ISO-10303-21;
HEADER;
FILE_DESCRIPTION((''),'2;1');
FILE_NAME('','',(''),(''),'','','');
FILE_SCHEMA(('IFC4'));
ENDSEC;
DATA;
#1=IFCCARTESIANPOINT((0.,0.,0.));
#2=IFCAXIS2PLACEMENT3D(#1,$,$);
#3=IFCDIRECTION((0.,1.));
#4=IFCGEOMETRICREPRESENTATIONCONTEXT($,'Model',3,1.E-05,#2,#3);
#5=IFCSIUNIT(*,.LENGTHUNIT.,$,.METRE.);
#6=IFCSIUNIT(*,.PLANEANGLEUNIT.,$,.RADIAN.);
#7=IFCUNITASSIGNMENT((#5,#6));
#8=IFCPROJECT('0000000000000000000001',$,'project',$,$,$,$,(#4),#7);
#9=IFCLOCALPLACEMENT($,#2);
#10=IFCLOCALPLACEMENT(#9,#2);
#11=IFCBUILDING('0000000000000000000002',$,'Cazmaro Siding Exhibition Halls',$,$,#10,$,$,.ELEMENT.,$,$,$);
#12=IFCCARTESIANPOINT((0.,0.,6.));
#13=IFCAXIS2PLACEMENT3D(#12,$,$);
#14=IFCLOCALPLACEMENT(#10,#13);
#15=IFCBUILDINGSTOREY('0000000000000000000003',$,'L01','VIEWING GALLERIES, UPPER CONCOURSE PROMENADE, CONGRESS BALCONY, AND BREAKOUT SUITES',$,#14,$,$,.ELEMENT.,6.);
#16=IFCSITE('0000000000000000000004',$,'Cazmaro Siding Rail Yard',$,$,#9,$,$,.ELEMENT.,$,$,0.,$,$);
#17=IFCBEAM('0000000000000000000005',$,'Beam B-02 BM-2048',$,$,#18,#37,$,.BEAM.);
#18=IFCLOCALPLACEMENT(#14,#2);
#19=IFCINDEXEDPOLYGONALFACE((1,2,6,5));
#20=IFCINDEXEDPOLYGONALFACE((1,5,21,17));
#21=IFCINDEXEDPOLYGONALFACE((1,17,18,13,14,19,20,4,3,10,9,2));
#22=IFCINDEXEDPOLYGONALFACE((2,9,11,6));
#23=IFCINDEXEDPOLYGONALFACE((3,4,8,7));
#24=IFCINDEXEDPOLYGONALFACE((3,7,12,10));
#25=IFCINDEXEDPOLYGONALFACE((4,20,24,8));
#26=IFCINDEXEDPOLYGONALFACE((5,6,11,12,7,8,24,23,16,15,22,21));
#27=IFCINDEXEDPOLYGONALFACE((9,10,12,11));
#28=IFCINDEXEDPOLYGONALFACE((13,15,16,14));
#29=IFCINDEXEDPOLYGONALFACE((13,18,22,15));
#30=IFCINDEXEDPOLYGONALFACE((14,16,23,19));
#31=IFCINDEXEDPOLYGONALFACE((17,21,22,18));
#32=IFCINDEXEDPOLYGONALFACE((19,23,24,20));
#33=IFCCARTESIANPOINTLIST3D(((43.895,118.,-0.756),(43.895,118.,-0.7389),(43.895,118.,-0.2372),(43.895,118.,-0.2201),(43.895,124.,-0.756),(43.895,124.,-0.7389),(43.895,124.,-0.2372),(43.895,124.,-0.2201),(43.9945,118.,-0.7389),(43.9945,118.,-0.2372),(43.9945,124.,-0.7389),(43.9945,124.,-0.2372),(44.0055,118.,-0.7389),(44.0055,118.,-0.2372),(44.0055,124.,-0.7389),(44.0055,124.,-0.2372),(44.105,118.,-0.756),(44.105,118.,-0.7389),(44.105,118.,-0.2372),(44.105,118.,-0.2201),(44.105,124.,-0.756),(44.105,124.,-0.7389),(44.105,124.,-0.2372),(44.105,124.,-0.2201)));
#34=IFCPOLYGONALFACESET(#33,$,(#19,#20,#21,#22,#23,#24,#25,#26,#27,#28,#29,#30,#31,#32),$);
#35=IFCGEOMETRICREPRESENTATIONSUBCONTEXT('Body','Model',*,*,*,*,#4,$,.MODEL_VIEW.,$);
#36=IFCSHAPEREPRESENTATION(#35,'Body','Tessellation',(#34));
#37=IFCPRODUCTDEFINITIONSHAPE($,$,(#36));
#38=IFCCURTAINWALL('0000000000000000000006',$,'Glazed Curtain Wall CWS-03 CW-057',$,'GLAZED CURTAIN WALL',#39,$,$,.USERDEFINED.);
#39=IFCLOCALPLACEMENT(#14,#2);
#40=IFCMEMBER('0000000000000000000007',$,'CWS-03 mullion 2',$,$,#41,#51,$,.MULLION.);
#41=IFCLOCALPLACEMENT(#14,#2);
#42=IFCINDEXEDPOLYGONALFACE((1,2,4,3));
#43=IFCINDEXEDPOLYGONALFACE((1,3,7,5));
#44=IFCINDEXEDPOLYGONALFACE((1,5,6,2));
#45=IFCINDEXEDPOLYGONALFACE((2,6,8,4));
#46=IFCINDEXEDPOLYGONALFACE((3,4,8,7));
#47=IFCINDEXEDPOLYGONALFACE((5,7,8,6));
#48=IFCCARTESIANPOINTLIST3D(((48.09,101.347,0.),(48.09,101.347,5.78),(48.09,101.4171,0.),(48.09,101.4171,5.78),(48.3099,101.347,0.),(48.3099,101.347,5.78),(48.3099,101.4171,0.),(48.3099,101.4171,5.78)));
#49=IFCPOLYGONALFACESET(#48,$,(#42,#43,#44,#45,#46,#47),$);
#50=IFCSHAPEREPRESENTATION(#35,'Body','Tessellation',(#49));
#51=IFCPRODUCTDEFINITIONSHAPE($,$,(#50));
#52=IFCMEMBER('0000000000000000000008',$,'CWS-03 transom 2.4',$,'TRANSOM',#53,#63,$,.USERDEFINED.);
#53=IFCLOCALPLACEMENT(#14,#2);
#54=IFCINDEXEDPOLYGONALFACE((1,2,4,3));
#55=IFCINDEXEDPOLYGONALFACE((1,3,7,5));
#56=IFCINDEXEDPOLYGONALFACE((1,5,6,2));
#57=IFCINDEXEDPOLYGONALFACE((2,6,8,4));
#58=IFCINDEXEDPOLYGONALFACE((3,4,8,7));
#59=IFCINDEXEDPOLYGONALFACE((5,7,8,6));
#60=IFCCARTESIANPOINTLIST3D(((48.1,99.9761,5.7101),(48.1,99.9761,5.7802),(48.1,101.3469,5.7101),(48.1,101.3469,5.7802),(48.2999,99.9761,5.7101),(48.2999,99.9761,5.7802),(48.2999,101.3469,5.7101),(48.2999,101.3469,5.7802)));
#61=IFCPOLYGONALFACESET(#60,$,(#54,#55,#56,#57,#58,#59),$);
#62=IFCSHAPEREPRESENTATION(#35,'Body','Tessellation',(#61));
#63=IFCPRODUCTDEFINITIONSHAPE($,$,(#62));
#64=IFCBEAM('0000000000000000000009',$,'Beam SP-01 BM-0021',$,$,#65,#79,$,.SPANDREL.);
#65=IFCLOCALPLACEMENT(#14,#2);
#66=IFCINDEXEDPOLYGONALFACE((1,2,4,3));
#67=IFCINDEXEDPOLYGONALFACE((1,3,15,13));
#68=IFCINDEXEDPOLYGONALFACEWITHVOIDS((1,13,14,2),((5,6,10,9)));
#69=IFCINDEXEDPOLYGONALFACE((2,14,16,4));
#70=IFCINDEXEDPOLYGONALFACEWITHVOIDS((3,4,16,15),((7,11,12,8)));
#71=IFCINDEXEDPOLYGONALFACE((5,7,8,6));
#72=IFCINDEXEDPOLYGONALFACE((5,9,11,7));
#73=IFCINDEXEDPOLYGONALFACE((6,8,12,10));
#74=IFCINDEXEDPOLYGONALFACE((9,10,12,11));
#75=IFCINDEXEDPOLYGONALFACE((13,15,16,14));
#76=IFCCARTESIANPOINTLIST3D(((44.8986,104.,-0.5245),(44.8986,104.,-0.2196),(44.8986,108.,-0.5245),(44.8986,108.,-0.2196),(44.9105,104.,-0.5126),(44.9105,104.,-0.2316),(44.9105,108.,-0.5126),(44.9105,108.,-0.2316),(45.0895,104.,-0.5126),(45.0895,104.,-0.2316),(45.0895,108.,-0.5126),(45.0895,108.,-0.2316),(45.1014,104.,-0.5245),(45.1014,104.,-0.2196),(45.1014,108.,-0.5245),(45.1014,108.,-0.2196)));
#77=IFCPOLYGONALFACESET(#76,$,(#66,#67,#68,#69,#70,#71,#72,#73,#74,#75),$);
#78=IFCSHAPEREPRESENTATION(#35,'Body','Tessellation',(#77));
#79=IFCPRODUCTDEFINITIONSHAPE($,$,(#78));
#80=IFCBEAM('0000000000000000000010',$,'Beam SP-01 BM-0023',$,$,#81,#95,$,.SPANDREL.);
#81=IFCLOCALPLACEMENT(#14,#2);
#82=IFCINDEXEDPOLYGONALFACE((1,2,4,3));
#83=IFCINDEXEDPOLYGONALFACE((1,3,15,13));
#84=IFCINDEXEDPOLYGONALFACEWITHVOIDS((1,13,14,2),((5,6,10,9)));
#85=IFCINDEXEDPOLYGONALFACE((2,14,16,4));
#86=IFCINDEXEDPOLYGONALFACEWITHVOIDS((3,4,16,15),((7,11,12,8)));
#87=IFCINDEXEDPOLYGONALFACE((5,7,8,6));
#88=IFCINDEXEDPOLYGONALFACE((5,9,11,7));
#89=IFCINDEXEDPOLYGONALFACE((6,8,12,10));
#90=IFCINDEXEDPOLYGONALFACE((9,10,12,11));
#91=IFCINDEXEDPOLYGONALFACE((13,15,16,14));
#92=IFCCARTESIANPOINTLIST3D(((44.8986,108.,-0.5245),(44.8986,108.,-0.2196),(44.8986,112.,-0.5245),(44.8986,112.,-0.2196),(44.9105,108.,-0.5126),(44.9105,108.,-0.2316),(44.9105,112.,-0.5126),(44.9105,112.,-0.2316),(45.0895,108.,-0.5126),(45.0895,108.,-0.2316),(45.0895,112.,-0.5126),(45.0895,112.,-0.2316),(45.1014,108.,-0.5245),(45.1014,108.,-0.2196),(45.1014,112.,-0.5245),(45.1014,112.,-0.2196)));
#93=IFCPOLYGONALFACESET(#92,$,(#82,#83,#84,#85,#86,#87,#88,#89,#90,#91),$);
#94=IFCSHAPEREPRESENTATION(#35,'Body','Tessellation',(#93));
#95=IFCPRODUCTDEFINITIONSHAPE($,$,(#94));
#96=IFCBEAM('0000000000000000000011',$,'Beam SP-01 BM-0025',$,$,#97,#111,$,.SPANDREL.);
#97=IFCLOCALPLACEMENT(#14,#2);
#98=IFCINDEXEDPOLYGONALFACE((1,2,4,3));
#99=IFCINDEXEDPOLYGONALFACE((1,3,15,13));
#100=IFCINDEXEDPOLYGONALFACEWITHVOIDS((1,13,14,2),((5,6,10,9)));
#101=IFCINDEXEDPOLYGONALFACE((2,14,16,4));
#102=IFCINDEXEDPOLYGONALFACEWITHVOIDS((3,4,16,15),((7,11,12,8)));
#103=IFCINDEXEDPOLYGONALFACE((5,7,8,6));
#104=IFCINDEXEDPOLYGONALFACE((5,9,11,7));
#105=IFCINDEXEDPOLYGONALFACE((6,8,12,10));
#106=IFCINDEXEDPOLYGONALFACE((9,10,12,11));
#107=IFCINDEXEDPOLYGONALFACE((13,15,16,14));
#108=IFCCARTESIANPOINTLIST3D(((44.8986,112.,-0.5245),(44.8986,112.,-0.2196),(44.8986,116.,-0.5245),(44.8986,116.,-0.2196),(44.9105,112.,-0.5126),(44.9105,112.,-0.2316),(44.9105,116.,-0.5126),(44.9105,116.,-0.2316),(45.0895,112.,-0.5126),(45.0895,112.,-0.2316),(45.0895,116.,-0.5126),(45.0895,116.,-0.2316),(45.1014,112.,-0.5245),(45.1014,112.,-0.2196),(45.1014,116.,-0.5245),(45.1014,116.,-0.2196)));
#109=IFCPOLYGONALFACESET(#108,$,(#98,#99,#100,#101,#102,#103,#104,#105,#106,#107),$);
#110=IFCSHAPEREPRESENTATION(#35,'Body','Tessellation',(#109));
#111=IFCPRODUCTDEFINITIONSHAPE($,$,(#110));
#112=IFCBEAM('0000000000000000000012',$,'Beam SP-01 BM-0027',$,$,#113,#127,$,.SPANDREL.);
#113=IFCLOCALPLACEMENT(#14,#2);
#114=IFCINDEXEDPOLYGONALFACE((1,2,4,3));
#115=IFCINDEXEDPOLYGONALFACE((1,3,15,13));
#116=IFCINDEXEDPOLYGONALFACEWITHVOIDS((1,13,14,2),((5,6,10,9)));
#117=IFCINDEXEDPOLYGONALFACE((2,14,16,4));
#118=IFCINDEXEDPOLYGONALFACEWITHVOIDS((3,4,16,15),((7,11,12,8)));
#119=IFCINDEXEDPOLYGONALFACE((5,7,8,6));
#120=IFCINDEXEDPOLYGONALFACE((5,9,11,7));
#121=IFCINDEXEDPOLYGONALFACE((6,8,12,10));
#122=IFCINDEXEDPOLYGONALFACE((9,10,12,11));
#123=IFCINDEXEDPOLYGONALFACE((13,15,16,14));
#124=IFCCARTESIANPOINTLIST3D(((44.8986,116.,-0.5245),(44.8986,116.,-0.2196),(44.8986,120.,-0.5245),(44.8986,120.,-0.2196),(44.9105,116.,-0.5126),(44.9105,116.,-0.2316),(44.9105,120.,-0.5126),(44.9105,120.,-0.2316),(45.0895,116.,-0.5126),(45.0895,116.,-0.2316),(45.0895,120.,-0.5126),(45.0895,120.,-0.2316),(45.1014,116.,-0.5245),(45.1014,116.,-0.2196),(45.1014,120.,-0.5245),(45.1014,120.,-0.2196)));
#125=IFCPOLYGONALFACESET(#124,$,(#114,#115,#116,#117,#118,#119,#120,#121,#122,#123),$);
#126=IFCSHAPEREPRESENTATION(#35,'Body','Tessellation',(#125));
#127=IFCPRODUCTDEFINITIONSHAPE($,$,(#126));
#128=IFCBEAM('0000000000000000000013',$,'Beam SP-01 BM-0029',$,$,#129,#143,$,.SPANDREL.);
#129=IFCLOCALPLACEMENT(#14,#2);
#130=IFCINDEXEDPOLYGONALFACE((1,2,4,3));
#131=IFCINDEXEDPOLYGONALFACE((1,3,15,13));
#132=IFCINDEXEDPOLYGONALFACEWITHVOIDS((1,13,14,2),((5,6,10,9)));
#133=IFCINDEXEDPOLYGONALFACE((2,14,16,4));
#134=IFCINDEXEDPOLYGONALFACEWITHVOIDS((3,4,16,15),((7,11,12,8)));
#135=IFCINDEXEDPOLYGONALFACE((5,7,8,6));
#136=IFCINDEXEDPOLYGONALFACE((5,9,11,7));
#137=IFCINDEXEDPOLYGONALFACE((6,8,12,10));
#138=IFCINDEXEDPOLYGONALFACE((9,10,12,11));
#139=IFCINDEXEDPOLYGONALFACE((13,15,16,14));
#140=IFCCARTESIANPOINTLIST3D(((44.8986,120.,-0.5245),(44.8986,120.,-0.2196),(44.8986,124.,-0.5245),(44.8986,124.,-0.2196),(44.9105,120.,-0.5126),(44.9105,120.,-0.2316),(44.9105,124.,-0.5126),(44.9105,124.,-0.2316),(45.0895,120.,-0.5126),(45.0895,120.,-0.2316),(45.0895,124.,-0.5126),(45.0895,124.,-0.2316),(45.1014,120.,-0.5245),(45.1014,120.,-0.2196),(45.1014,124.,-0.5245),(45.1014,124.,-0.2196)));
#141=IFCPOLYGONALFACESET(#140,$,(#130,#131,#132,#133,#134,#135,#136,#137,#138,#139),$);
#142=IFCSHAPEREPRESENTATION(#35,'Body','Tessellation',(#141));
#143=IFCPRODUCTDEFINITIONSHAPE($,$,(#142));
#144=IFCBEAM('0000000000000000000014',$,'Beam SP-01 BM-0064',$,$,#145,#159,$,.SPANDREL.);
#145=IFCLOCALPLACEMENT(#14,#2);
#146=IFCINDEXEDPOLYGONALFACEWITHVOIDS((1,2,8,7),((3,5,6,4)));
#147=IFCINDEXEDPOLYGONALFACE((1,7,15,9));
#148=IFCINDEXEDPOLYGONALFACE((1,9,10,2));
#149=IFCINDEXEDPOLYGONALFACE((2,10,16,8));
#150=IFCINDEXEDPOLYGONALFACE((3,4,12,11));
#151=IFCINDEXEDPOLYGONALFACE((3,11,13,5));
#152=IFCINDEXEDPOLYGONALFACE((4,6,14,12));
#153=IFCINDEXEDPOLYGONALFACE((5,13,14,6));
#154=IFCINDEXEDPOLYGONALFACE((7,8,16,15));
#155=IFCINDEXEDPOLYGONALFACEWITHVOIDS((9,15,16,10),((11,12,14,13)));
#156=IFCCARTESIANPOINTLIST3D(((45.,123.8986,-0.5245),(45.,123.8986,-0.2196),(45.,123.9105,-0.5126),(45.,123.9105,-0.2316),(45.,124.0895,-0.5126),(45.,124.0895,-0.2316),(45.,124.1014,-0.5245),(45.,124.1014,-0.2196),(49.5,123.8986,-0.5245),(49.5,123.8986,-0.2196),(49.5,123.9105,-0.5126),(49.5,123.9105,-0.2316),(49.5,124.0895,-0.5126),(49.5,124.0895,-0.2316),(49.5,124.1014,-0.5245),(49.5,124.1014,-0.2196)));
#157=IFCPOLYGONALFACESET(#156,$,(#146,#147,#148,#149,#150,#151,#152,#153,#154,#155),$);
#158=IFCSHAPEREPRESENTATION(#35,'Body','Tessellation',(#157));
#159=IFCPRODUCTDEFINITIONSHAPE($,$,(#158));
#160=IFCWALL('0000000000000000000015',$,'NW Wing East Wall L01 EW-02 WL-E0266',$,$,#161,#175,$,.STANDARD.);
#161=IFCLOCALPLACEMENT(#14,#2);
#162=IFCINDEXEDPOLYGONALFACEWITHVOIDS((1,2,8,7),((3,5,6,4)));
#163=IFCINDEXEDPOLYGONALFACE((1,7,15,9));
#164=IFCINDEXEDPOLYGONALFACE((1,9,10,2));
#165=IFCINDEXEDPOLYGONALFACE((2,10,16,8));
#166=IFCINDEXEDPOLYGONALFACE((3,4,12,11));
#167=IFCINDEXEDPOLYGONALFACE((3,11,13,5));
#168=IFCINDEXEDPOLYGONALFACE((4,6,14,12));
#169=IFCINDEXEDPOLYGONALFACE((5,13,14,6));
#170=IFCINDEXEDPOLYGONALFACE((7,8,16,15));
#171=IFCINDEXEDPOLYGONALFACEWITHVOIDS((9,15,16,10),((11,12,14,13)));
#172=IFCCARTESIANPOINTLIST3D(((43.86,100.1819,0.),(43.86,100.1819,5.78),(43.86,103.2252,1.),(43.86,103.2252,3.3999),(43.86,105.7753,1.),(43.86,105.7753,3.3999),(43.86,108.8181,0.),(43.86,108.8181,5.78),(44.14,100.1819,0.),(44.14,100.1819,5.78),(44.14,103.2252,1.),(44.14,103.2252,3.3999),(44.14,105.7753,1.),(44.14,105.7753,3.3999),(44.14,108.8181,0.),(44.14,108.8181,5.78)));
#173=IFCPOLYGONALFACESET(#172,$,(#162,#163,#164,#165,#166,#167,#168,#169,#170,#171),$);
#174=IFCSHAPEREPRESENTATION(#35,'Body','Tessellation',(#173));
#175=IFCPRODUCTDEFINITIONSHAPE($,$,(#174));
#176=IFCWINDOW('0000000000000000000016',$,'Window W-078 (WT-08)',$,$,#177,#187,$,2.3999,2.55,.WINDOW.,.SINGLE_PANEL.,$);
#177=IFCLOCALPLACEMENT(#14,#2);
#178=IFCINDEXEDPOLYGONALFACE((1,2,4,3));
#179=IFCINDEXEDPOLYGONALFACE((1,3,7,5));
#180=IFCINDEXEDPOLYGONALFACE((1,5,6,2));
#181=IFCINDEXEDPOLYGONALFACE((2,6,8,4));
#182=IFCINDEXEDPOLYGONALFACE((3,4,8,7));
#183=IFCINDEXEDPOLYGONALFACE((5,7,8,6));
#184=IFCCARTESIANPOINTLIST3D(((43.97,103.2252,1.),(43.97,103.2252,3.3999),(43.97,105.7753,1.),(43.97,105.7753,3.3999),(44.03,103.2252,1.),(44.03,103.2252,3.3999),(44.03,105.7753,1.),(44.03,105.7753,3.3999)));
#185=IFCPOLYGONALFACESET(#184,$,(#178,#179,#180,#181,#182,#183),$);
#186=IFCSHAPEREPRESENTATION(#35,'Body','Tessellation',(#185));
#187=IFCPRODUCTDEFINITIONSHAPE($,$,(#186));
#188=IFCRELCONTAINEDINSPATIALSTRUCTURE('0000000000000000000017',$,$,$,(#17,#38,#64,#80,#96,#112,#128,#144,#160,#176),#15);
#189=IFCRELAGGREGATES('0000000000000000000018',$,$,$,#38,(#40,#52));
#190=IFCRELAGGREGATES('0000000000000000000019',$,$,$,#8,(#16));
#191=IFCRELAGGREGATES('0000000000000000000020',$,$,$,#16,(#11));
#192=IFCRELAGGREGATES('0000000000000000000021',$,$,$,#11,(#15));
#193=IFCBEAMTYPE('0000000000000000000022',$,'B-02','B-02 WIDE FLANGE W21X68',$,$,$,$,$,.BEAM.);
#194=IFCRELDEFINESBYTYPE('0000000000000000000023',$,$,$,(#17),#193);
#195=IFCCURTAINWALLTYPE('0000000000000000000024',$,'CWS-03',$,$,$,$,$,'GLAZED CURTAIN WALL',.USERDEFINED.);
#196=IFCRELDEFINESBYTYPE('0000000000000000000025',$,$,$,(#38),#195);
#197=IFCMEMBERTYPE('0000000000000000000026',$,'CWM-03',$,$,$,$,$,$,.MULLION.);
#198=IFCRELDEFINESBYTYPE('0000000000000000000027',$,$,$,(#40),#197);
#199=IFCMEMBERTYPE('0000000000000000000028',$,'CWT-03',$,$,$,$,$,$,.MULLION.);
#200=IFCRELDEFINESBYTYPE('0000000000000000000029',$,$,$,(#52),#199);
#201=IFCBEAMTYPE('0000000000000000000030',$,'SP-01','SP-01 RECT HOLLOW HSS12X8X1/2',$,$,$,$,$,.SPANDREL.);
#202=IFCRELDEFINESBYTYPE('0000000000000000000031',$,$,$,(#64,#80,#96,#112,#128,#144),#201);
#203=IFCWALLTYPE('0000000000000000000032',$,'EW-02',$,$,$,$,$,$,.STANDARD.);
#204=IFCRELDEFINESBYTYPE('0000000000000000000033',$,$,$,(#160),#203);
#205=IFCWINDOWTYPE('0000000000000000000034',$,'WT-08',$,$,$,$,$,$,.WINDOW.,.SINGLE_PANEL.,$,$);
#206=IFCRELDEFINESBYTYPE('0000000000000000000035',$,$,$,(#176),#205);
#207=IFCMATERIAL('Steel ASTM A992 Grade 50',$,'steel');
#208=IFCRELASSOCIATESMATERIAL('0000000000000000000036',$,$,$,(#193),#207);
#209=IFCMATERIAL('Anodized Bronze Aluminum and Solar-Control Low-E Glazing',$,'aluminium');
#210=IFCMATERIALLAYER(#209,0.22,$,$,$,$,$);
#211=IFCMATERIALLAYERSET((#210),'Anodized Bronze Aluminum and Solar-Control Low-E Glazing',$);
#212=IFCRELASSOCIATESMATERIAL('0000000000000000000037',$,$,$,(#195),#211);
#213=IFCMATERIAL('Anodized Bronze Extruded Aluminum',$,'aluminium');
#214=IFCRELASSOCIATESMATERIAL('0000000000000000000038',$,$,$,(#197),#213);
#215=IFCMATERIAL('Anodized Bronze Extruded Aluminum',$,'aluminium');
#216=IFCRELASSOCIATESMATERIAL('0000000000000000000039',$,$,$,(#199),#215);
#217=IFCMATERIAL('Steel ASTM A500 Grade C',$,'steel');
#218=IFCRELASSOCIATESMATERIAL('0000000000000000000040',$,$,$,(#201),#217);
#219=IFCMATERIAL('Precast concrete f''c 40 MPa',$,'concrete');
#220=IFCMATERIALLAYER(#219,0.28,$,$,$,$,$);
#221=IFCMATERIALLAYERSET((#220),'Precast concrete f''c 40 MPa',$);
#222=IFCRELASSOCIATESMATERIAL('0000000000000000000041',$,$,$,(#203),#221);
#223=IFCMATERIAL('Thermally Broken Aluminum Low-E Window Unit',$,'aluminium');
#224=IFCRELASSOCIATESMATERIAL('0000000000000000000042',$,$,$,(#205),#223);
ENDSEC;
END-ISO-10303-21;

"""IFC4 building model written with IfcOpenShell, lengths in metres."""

from ifc_helpers import new_model, si_unit, direction, frame, frame_2d, origin, origin_2d, place, context, subcontext, project, spatial, rectangle, hollow_rectangle, i_section, extrude, material, layer, layer_set, material_profile, profile_set, type_object, element, fill, aggregate, save


model = new_model("IFC4")

# Units and contexts
model_context = context("Model", 3, precision=1e-05, world=origin(), true_north=direction((0.0, 1.0)))
body_context = subcontext(model_context, "Body", "Model", "MODEL_VIEW")
ifc_project = project(units=[si_unit("LENGTHUNIT", "METRE"), si_unit("PLANEANGLEUNIT", "RADIAN")], contexts=[model_context])

# Site, building, storey
site_placement = place(None, origin())
site = spatial("IfcSite", under=ifc_project, at=site_placement, Name="Cazmaro Siding Rail Yard", CompositionType="ELEMENT", RefElevation=0.0)
building_placement = place(site_placement, origin())
building = spatial("IfcBuilding", under=site, at=building_placement, Name="Cazmaro Siding Exhibition Halls", CompositionType="ELEMENT")
storey_placement = place(building_placement, frame((0.0, 0.0, 6.0)))
storey = spatial("IfcBuildingStorey", under=building, at=storey_placement, Name="L01", Description="VIEWING GALLERIES, UPPER CONCOURSE PROMENADE, CONGRESS BALCONY, AND BREAKOUT SUITES", CompositionType="ELEMENT", Elevation=6.0)

# Beam
ifc_material_1 = material(Name="Steel ASTM A992 Grade 50", Category="steel")
ifc_material_profile_1 = material_profile(ifc_material_1, i_section(OverallWidth=0.21, OverallDepth=0.5359, WebThickness=0.011, FlangeThickness=0.0171, at=origin_2d()), Name="W21X68")
ifc_profile_set_1 = profile_set([ifc_material_profile_1], Name="Steel ASTM A992 Grade 50")
beam_type_1 = type_object("IfcBeamType", Name="B-02", Description="B-02 WIDE FLANGE W21X68", PredefinedType="BEAM", material=ifc_profile_set_1)
beam_1_placement = place(storey_placement, frame((44.0, 118.0, -0.488), z_axis=(0.0, 1.0, 0.0), x_axis=(-1.0, 0.0, 0.0)))
element("IfcBeam", 1, at=beam_1_placement, inside=storey, type_object=beam_type_1, Name="Beam B-02 BM-2048", PredefinedType="BEAM", context=body_context, shape_type="SweptSolid", body=[
    extrude(i_section(OverallWidth=0.21, OverallDepth=0.5359, WebThickness=0.011, FlangeThickness=0.0171, at=origin_2d()), origin(), (0.0, 0.0, 1.0), 6.0),
])

# Curtain wall, members
ifc_material_2 = material(Name="Anodized Bronze Aluminum and Solar-Control Low-E Glazing", Category="aluminium")
ifc_layer_1 = layer(ifc_material_2, 0.22)
ifc_layer_set_1 = layer_set([ifc_layer_1], Name="Anodized Bronze Aluminum and Solar-Control Low-E Glazing")
curtain_wall_type = type_object("IfcCurtainWallType", Name="CWS-03", ElementType="GLAZED CURTAIN WALL", PredefinedType="USERDEFINED", material=ifc_layer_set_1)
curtain_wall_placement = place(storey_placement, origin())
curtain_wall = element("IfcCurtainWall", 2, at=curtain_wall_placement, inside=storey, type_object=curtain_wall_type, Name="Glazed Curtain Wall CWS-03 CW-057", ObjectType="GLAZED CURTAIN WALL", PredefinedType="USERDEFINED")
ifc_material_3 = material(Name="Anodized Bronze Extruded Aluminum", Category="aluminium")
ifc_material_profile_2 = material_profile(ifc_material_3, rectangle(XDim=0.22, YDim=0.0701, at=origin_2d()), Name="CWM-03")
ifc_profile_set_2 = profile_set([ifc_material_profile_2], Name="Anodized Bronze Extruded Aluminum")
member_type_1 = type_object("IfcMemberType", Name="CWM-03", PredefinedType="MULLION", material=ifc_profile_set_2)
member_1_placement = place(storey_placement, frame((48.2, 101.3821, 0.0), z_axis=(0.0, 0.0, 1.0), x_axis=(1.0, 0.0, 0.0)))
member_1 = element("IfcMember", 3, at=member_1_placement, type_object=member_type_1, Name="CWS-03 mullion 2", PredefinedType="MULLION", context=body_context, shape_type="SweptSolid", body=[
    extrude(rectangle(XDim=0.22, YDim=0.0701, at=origin_2d()), origin(), (0.0, 0.0, 1.0), 5.78),
])
ifc_material_4 = material(Name="Anodized Bronze Extruded Aluminum", Category="aluminium")
ifc_material_profile_3 = material_profile(ifc_material_4, rectangle(XDim=0.2, YDim=0.0701, at=origin_2d()), Name="CWT-03")
ifc_profile_set_3 = profile_set([ifc_material_profile_3], Name="Anodized Bronze Extruded Aluminum")
member_type_2 = type_object("IfcMemberType", Name="CWT-03", PredefinedType="MULLION", material=ifc_profile_set_3)
member_2_placement = place(storey_placement, frame((48.2, 101.3469, 5.7451), z_axis=(0.0, -1.0, 0.0), x_axis=(1.0, 0.0, 0.0)))
member_2 = element("IfcMember", 4, at=member_2_placement, type_object=member_type_2, Name="CWS-03 transom 2.4", ObjectType="TRANSOM", PredefinedType="USERDEFINED", context=body_context, shape_type="SweptSolid", body=[
    extrude(rectangle(XDim=0.2, YDim=0.0701, at=origin_2d()), origin(), (0.0, 0.0, 1.0), 1.3708),
])
aggregate(curtain_wall, [member_1, member_2])

# Beams
ifc_material_5 = material(Name="Steel ASTM A500 Grade C", Category="steel")
ifc_material_profile_4 = material_profile(ifc_material_5, hollow_rectangle(XDim=0.2029, YDim=0.3049, WallThickness=0.012, at=origin_2d()), Name="HSS12X8X1/2")
ifc_profile_set_4 = profile_set([ifc_material_profile_4], Name="Steel ASTM A500 Grade C")
beam_type_2 = type_object("IfcBeamType", Name="SP-01", Description="SP-01 RECT HOLLOW HSS12X8X1/2", PredefinedType="SPANDREL", material=ifc_profile_set_4)
for number, where, z_axis, x_axis, name in (
    (5, (45.0, 104.0, -0.3721), (0.0, 1.0, 0.0), (-1.0, 0.0, 0.0), "Beam SP-01 BM-0021"),
    (6, (45.0, 108.0, -0.3721), (0.0, 1.0, 0.0), (-1.0, 0.0, 0.0), "Beam SP-01 BM-0023"),
    (7, (45.0, 112.0, -0.3721), (0.0, 1.0, 0.0), (-1.0, 0.0, 0.0), "Beam SP-01 BM-0025"),
    (8, (45.0, 116.0, -0.3721), (0.0, 1.0, 0.0), (-1.0, 0.0, 0.0), "Beam SP-01 BM-0027"),
    (9, (45.0, 120.0, -0.3721), (0.0, 1.0, 0.0), (-1.0, 0.0, 0.0), "Beam SP-01 BM-0029"),
):
    element("IfcBeam", number, at=place(storey_placement, frame(where, z_axis=z_axis, x_axis=x_axis)), inside=storey, type_object=beam_type_2, Name=name, PredefinedType="SPANDREL", context=body_context, shape_type="SweptSolid", body=[
        extrude(hollow_rectangle(XDim=0.2029, YDim=0.3049, WallThickness=0.012, at=origin_2d()), origin(), (0.0, 0.0, 1.0), 4.0),
    ])
beam_2_placement = place(storey_placement, frame((45.0, 124.0, -0.3721), z_axis=(1.0, 0.0, 0.0), x_axis=(0.0, 1.0, 0.0)))
element("IfcBeam", 10, at=beam_2_placement, inside=storey, type_object=beam_type_2, Name="Beam SP-01 BM-0064", PredefinedType="SPANDREL", context=body_context, shape_type="SweptSolid", body=[
    extrude(hollow_rectangle(XDim=0.2029, YDim=0.3049, WallThickness=0.012, at=origin_2d()), origin(), (0.0, 0.0, 1.0), 4.5),
])

# Wall, opening, window
ifc_material_6 = material(Name="Precast concrete f'c 40 MPa", Category="concrete")
ifc_layer_2 = layer(ifc_material_6, 0.28)
ifc_layer_set_2 = layer_set([ifc_layer_2], Name="Precast concrete f'c 40 MPa")
wall_type = type_object("IfcWallType", Name="EW-02", PredefinedType="STANDARD", material=ifc_layer_set_2)
wall_1_placement = place(storey_placement, frame((44.0, 108.8181, 0.0), z_axis=(0.0, 0.0, 1.0), x_axis=(0.0, -1.0, 0.0)))
wall_1 = element("IfcWall", 11, at=wall_1_placement, inside=storey, type_object=wall_type, Name="NW Wing East Wall L01 EW-02 WL-E0266", PredefinedType="STANDARD", context=body_context, shape_type="SweptSolid", body=[
    extrude(rectangle(XDim=8.6362, YDim=0.28, at=frame_2d((4.3181, 0.0))), origin(), (0.0, 0.0, 1.0), 5.78),
])
opening_1_placement = place(wall_1_placement, frame((3.043, 0.0, 1.0)))
opening_1 = element("IfcOpeningElement", 12, at=opening_1_placement, cuts=wall_1, PredefinedType="OPENING", context=body_context, shape_type="SweptSolid", body=[
    extrude(rectangle(XDim=2.55, YDim=2.3999, at=frame_2d((1.2749, 1.2))), frame((0.0, 0.1499, 0.0), z_axis=(0.0, -1.0, 0.0), x_axis=(1.0, 0.0, 0.0)), (0.0, 0.0, 1.0), 0.3),
])
ifc_material_7 = material(Name="Thermally Broken Aluminum Low-E Window Unit", Category="aluminium")
window_type_1 = type_object("IfcWindowType", Name="WT-08", PartitioningType="SINGLE_PANEL", PredefinedType="WINDOW", material=ifc_material_7)
window_1_placement = place(opening_1_placement, origin())
window_1 = element("IfcWindow", 13, at=window_1_placement, inside=storey, type_object=window_type_1, Name="Window W-078 (WT-08)", OverallHeight=2.3999, OverallWidth=2.55, PartitioningType="SINGLE_PANEL", PredefinedType="WINDOW", context=body_context, shape_type="SweptSolid", body=[
    extrude(rectangle(XDim=2.55, YDim=2.3999, at=frame_2d((1.2749, 1.2))), frame((0.0, 0.03, 0.0), z_axis=(0.0, -1.0, 0.0), x_axis=(1.0, 0.0, 0.0)), (0.0, 0.0, 1.0), 0.0601),
])
fill(opening_1, window_1)

save(model, "model.ifc")
